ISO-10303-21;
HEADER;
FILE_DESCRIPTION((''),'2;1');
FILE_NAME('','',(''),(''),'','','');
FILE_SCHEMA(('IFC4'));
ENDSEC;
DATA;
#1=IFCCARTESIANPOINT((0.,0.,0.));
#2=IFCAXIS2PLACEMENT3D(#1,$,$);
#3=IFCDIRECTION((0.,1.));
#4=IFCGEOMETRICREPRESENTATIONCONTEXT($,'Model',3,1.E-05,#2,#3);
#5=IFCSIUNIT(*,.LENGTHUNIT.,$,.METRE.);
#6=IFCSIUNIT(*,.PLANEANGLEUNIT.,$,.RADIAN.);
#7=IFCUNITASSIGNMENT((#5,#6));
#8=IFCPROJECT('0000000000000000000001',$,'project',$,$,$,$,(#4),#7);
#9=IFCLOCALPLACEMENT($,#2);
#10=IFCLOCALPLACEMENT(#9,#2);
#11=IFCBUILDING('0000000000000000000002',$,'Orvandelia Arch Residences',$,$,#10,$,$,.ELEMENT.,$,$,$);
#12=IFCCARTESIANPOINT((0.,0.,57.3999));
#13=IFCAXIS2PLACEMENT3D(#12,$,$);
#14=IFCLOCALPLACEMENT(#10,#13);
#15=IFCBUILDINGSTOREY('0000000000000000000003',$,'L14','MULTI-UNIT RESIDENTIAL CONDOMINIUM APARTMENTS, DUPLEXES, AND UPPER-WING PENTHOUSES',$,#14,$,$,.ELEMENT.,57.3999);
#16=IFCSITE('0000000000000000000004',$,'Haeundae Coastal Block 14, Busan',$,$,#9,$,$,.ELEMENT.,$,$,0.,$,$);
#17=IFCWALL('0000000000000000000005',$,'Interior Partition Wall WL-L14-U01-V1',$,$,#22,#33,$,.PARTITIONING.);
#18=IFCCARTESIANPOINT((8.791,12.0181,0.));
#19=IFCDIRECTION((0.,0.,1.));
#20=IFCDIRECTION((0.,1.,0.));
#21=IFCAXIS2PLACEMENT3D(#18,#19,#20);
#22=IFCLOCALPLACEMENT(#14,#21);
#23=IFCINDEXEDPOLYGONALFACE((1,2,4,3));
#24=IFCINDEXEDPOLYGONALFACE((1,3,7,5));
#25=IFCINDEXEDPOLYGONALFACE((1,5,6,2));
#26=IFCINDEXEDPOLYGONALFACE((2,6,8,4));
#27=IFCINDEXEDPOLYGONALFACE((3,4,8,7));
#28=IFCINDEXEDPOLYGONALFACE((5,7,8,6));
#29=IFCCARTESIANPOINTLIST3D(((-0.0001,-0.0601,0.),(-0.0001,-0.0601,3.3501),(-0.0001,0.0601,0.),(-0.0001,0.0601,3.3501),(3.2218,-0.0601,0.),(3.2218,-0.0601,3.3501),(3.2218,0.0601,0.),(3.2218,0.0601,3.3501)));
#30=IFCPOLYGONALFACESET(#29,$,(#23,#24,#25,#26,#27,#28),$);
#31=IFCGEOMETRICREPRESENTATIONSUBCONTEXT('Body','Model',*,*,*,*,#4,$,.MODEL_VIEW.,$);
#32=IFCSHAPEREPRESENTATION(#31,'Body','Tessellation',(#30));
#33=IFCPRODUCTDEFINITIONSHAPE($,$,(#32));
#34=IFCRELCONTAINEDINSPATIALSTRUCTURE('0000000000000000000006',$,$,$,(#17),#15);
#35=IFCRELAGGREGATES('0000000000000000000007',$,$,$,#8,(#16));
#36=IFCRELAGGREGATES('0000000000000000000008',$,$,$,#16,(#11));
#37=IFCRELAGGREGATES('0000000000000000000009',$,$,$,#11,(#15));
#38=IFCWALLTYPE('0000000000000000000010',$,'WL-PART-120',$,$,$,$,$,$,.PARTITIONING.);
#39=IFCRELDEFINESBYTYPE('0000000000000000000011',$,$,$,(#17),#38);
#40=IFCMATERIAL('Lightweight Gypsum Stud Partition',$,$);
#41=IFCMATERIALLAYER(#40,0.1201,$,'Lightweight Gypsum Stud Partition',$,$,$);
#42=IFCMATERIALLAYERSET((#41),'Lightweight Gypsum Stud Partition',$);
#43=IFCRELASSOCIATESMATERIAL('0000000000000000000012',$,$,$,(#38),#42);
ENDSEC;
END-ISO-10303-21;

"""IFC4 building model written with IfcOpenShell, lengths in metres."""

from ifc_helpers import new_model, si_unit, direction, frame, frame_2d, origin, place, context, subcontext, project, spatial, rectangle, extrude, material, layer, layer_set, type_object, element, save


model = new_model("IFC4")

# Units and contexts
model_context = context("Model", 3, precision=1e-05, world=origin(), true_north=direction((0.0, 1.0)))
body_context = subcontext(model_context, "Body", "Model", "MODEL_VIEW")
ifc_project = project(units=[si_unit("LENGTHUNIT", "METRE"), si_unit("PLANEANGLEUNIT", "RADIAN")], contexts=[model_context])

# Site, building, storey
site_placement = place(None, origin())
site = spatial("IfcSite", under=ifc_project, at=site_placement, Name="Haeundae Coastal Block 14, Busan", CompositionType="ELEMENT", RefElevation=0.0)
building_placement = place(site_placement, origin())
building = spatial("IfcBuilding", under=site, at=building_placement, Name="Orvandelia Arch Residences", CompositionType="ELEMENT")
storey_placement = place(building_placement, frame((0.0, 0.0, 57.3999)))
storey = spatial("IfcBuildingStorey", under=building, at=storey_placement, Name="L14", Description="MULTI-UNIT RESIDENTIAL CONDOMINIUM APARTMENTS, DUPLEXES, AND UPPER-WING PENTHOUSES", CompositionType="ELEMENT", Elevation=57.3999)

# Wall
ifc_material_1 = material(Name="Lightweight Gypsum Stud Partition")
ifc_layer_1 = layer(ifc_material_1, 0.1201, Name="Lightweight Gypsum Stud Partition")
ifc_layer_set_1 = layer_set([ifc_layer_1], Name="Lightweight Gypsum Stud Partition")
wall_type_1 = type_object("IfcWallType", Name="WL-PART-120", PredefinedType="PARTITIONING", material=ifc_layer_set_1)
wall_1_placement = place(storey_placement, frame((8.791, 12.0181, 0.0), z_axis=(0.0, 0.0, 1.0), x_axis=(0.0, 1.0, 0.0)))
element("IfcWall", 1, at=wall_1_placement, inside=storey, type_object=wall_type_1, Name="Interior Partition Wall WL-L14-U01-V1", PredefinedType="PARTITIONING", context=body_context, shape_type="SweptSolid", body=[
    extrude(rectangle(XDim=3.2219, YDim=0.1201, at=frame_2d((1.6108, 0.0))), origin(), (0.0, 0.0, 1.0), 3.3501),
])

save(model, "model.ifc")
